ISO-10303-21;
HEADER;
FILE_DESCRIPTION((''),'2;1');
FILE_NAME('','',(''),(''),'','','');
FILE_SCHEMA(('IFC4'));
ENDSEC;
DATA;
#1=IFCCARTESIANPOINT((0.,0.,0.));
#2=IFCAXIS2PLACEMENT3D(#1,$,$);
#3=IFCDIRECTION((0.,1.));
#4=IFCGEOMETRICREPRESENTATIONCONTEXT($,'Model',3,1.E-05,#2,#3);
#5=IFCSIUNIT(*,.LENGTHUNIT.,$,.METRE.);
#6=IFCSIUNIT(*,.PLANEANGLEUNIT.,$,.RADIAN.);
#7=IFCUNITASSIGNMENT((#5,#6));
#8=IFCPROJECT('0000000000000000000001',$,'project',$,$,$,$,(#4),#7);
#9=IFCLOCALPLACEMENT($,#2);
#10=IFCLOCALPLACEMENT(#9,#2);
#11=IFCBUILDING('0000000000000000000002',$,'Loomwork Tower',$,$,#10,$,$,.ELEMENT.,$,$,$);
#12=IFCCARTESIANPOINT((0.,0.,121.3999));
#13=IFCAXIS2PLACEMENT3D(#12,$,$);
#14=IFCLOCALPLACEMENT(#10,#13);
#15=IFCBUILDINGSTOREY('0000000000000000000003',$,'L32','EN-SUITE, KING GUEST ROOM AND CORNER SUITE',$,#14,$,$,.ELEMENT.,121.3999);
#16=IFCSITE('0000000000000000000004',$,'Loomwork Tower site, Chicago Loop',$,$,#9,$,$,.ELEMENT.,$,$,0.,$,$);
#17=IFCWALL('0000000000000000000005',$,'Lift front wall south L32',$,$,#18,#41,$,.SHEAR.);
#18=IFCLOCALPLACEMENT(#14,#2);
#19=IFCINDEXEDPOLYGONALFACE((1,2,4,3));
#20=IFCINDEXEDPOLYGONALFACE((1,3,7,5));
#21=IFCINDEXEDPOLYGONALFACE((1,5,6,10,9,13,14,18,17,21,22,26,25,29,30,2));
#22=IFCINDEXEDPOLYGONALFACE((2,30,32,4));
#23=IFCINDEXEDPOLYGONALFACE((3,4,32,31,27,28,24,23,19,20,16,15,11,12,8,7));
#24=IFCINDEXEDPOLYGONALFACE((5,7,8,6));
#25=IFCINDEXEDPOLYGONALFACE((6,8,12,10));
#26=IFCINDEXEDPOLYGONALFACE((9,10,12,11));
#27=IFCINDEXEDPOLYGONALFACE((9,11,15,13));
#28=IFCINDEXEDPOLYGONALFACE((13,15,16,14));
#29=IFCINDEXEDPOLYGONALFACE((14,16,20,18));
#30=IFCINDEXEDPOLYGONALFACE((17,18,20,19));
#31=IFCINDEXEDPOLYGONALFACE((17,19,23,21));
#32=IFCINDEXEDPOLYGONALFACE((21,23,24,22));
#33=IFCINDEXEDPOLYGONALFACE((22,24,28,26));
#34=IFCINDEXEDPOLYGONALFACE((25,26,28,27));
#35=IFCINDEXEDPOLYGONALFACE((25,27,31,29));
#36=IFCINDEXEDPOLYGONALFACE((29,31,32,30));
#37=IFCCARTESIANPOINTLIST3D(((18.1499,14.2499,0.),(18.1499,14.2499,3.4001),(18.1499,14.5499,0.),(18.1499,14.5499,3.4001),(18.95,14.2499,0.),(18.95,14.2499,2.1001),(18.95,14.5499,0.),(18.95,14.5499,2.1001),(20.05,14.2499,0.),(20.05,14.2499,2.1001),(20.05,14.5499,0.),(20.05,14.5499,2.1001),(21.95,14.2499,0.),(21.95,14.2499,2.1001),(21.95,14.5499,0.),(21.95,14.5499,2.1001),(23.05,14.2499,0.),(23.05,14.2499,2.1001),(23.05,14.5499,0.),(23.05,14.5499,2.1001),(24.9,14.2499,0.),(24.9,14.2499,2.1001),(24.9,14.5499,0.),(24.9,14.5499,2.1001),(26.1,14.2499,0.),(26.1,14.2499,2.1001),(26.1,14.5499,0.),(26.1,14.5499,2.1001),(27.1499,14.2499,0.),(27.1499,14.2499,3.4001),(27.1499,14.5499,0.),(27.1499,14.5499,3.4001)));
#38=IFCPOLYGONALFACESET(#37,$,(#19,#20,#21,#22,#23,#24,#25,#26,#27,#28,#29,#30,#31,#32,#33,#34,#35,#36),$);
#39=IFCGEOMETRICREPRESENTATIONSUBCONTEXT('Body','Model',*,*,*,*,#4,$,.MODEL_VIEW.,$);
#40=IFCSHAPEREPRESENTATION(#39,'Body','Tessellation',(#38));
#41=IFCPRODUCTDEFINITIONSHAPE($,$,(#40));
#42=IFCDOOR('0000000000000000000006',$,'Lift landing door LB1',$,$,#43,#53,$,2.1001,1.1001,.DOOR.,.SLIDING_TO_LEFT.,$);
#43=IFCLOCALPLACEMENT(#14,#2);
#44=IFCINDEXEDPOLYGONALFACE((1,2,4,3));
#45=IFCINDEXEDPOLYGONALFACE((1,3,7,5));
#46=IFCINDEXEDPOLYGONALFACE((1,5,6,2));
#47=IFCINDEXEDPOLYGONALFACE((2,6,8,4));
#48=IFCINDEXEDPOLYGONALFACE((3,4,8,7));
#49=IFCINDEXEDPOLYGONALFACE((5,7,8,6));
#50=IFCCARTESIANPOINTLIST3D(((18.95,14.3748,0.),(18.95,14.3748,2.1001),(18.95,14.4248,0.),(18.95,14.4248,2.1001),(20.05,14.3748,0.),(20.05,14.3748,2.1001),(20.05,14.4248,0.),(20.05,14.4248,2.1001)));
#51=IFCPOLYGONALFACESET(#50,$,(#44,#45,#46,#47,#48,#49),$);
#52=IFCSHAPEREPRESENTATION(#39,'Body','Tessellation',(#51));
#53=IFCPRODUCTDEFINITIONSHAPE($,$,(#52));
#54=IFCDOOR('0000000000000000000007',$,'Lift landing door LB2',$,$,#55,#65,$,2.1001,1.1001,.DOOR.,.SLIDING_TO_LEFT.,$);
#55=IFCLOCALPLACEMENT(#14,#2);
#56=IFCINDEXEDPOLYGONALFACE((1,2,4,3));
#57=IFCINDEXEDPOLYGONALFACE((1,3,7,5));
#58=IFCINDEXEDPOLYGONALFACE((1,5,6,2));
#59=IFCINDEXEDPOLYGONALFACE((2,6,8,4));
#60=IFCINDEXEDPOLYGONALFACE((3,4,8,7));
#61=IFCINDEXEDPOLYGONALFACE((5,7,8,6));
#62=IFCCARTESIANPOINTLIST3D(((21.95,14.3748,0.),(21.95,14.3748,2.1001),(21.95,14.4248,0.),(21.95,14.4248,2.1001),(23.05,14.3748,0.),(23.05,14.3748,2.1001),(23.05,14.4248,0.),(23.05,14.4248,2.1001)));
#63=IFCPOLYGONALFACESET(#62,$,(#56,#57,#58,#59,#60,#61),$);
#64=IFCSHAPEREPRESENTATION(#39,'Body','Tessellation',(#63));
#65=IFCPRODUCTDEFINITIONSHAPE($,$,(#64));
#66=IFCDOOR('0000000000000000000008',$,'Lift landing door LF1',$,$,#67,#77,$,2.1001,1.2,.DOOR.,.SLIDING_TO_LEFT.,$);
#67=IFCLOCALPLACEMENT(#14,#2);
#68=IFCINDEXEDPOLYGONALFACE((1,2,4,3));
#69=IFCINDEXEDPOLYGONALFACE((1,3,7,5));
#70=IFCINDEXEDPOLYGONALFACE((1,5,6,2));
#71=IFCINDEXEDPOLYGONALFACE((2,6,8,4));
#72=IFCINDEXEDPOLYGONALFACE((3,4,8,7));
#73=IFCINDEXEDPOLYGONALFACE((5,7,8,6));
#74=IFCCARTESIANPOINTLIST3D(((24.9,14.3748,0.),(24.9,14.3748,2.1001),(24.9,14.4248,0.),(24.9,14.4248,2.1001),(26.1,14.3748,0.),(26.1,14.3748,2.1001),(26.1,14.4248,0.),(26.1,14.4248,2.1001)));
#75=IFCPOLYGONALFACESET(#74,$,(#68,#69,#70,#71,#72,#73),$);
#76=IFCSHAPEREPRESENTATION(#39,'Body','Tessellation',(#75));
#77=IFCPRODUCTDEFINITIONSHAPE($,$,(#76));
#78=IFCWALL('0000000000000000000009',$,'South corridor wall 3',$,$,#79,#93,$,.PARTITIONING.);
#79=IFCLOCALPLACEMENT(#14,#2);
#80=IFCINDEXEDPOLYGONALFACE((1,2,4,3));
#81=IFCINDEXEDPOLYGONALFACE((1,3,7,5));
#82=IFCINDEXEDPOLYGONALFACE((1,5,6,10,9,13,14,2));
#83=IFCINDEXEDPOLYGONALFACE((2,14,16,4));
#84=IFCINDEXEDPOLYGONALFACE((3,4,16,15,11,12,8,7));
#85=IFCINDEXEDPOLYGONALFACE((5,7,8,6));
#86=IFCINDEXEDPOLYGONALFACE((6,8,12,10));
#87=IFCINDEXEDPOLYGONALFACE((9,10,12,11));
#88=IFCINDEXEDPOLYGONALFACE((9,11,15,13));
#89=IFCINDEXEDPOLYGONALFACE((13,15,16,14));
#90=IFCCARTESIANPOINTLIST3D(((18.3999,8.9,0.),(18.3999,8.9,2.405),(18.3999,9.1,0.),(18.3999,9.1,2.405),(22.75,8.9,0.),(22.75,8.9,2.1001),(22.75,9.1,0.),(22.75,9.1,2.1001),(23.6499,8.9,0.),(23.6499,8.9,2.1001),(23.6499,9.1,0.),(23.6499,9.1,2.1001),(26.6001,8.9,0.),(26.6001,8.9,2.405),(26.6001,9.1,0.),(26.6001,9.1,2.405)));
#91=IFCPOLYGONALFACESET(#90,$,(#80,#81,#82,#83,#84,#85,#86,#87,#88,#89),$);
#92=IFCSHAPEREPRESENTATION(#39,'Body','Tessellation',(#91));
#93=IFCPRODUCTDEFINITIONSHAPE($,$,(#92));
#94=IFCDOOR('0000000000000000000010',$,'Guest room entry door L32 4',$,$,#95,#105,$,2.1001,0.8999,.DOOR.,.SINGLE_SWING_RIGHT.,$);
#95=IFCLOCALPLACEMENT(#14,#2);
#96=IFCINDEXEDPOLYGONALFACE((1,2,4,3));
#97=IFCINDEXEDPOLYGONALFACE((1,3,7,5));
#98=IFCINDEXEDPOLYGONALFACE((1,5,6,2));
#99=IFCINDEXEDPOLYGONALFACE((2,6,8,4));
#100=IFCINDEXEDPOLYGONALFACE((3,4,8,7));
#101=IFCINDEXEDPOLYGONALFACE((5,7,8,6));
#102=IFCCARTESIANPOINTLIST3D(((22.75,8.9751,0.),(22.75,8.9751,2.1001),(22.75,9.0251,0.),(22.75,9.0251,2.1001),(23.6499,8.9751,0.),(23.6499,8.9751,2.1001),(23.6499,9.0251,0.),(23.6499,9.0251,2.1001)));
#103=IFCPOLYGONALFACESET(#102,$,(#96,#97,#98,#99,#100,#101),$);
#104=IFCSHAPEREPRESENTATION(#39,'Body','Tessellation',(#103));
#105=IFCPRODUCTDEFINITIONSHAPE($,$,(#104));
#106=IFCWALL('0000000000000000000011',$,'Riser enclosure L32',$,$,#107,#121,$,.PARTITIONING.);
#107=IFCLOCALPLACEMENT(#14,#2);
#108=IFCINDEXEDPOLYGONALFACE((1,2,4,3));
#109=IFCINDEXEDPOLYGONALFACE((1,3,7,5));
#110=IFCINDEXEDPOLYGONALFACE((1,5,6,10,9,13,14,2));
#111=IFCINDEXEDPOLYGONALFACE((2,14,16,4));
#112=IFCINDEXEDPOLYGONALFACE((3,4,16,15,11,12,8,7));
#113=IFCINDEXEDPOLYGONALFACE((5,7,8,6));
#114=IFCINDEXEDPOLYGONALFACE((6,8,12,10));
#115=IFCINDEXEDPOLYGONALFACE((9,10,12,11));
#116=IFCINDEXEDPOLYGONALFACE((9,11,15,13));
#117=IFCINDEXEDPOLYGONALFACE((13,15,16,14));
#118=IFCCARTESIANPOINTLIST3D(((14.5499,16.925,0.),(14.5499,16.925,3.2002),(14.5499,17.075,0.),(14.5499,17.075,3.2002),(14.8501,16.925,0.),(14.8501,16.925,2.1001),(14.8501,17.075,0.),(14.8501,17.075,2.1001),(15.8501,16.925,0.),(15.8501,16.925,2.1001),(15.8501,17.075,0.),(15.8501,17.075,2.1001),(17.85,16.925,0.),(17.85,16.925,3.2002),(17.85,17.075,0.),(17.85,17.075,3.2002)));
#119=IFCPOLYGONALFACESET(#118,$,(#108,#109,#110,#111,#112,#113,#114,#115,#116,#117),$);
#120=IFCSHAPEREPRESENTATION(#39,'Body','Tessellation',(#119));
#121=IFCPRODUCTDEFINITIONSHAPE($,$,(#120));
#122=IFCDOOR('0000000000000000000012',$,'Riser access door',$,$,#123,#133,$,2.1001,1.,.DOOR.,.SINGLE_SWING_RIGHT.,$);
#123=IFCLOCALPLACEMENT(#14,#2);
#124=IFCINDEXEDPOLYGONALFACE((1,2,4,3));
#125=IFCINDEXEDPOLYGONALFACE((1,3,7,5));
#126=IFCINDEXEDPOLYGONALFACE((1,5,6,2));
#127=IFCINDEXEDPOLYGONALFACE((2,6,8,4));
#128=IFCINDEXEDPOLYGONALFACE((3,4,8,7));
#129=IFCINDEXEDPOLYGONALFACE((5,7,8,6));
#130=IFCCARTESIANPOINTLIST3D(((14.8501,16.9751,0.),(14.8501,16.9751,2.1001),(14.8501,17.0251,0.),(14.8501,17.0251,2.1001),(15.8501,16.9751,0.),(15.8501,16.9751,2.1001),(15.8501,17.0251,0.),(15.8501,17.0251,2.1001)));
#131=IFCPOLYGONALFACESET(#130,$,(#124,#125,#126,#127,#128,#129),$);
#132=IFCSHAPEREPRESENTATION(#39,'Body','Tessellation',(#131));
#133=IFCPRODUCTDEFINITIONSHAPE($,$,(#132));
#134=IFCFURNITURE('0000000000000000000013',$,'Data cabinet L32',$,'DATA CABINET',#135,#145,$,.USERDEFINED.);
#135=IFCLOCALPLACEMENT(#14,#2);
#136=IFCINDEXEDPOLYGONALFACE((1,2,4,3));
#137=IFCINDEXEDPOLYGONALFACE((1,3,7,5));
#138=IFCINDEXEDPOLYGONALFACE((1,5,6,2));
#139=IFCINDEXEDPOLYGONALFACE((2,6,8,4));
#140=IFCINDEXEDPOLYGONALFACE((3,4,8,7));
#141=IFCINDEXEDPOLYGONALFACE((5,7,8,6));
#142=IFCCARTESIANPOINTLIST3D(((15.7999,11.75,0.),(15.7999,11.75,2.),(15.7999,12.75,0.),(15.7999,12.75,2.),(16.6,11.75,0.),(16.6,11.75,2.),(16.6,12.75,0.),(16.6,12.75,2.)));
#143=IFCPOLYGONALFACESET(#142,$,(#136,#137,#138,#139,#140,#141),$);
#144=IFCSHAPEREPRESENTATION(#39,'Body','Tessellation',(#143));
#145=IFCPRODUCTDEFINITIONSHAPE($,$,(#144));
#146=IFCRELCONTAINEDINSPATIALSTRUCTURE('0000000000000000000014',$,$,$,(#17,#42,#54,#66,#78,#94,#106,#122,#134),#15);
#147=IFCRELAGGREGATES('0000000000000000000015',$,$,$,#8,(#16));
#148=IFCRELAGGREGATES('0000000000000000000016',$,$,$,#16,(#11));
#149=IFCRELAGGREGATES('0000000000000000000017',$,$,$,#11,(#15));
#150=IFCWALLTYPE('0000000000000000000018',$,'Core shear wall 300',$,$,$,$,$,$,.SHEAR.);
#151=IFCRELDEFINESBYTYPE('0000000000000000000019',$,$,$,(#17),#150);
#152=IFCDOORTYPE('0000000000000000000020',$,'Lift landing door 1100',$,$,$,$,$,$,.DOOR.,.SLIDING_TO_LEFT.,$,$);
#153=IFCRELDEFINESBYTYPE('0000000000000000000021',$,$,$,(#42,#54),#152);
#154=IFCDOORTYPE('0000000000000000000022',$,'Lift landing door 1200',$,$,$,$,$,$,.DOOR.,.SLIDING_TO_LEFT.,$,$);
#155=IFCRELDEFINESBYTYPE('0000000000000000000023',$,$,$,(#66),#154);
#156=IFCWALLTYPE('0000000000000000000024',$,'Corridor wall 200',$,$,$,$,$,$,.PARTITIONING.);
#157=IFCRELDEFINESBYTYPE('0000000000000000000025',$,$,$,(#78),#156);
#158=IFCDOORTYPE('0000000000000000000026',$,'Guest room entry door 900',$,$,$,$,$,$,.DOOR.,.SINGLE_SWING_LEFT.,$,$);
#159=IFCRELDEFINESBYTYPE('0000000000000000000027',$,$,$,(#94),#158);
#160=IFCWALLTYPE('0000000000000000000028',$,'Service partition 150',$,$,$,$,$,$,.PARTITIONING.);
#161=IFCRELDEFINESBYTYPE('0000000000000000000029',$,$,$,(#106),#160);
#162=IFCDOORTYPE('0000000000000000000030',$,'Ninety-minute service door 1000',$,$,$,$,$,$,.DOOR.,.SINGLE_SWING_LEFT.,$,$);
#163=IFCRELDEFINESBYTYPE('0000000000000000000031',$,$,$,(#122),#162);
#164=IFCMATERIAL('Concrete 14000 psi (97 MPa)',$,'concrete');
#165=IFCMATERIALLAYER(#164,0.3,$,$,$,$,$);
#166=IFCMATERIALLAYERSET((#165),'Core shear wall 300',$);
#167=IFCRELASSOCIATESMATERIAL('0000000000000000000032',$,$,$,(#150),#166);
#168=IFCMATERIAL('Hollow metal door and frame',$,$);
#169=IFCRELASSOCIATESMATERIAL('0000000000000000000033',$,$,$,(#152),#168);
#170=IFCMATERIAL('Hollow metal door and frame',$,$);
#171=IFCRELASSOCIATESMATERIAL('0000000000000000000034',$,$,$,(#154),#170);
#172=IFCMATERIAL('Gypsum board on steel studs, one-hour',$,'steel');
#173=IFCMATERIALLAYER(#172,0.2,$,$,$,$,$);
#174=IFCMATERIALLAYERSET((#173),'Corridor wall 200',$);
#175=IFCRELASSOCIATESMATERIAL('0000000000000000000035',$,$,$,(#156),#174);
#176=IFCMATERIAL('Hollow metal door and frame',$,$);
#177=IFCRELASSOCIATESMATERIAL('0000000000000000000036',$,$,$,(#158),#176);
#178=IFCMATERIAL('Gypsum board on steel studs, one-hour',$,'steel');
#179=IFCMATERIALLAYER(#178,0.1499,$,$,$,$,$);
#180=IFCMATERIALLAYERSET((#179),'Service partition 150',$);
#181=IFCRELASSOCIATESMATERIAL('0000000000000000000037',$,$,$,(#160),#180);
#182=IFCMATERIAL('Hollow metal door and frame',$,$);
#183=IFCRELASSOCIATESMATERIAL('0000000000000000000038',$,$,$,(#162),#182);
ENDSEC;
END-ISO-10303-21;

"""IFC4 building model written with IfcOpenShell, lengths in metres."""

from ifc_helpers import new_model, si_unit, direction, frame, frame_2d, origin, origin_2d, place, context, subcontext, project, spatial, rectangle, extrude, material, layer, layer_set, type_object, element, fill, save


model = new_model("IFC4")

# Units and contexts
model_context = context("Model", 3, precision=1e-05, world=origin(), true_north=direction((0.0, 1.0)))
body_context = subcontext(model_context, "Body", "Model", "MODEL_VIEW")
ifc_project = project(units=[si_unit("LENGTHUNIT", "METRE"), si_unit("PLANEANGLEUNIT", "RADIAN")], contexts=[model_context])

# Site, building, storey
site_placement = place(None, origin())
site = spatial("IfcSite", under=ifc_project, at=site_placement, Name="Loomwork Tower site, Chicago Loop", CompositionType="ELEMENT", RefElevation=0.0)
building_placement = place(site_placement, origin())
building = spatial("IfcBuilding", under=site, at=building_placement, Name="Loomwork Tower", CompositionType="ELEMENT")
storey_placement = place(building_placement, frame((0.0, 0.0, 121.3999)))
storey = spatial("IfcBuildingStorey", under=building, at=storey_placement, Name="L32", Description="EN-SUITE, KING GUEST ROOM AND CORNER SUITE", CompositionType="ELEMENT", Elevation=121.3999)

# Wall, openings, doors
ifc_material_1 = material(Name="Concrete 14000 psi (97 MPa)", Category="concrete")
ifc_layer_1 = layer(ifc_material_1, 0.3)
ifc_layer_set_1 = layer_set([ifc_layer_1], Name="Core shear wall 300")
wall_type_1 = type_object("IfcWallType", Name="Core shear wall 300", PredefinedType="SHEAR", material=ifc_layer_set_1)
wall_1_placement = place(storey_placement, frame((18.1499, 14.3999, 0.0), z_axis=(0.0, 0.0, 1.0), x_axis=(1.0, 0.0, 0.0)))
wall_1 = element("IfcWall", 1, at=wall_1_placement, inside=storey, type_object=wall_type_1, Name="Lift front wall south L32", PredefinedType="SHEAR", context=body_context, shape_type="SweptSolid", body=[
    extrude(rectangle(XDim=9.0, YDim=0.3, at=frame_2d((4.5, 0.0))), origin(), (0.0, 0.0, 1.0), 3.4001),
])
opening_1_placement = place(wall_1_placement, frame((0.8, 0.0, 0.0)))
opening_1 = element("IfcOpeningElement", 2, at=opening_1_placement, cuts=wall_1, PredefinedType="OPENING", context=body_context, shape_type="SweptSolid", body=[
    extrude(rectangle(XDim=1.1001, YDim=2.1001, at=frame_2d((0.55, 1.05))), frame((0.0, 0.1599, 0.0), z_axis=(0.0, -1.0, 0.0), x_axis=(1.0, 0.0, 0.0)), (0.0, 0.0, 1.0), 0.3201),
])
opening_2_placement = place(wall_1_placement, frame((3.8, 0.0, 0.0)))
opening_2 = element("IfcOpeningElement", 3, at=opening_2_placement, cuts=wall_1, PredefinedType="OPENING", context=body_context, shape_type="SweptSolid", body=[
    extrude(rectangle(XDim=1.1001, YDim=2.1001, at=frame_2d((0.55, 1.05))), frame((0.0, 0.1599, 0.0), z_axis=(0.0, -1.0, 0.0), x_axis=(1.0, 0.0, 0.0)), (0.0, 0.0, 1.0), 0.3201),
])
opening_3_placement = place(wall_1_placement, frame((6.75, 0.0, 0.0)))
opening_3 = element("IfcOpeningElement", 4, at=opening_3_placement, cuts=wall_1, PredefinedType="OPENING", context=body_context, shape_type="SweptSolid", body=[
    extrude(rectangle(XDim=1.2, YDim=2.1001, at=frame_2d((0.6001, 1.05))), frame((0.0, 0.1599, 0.0), z_axis=(0.0, -1.0, 0.0), x_axis=(1.0, 0.0, 0.0)), (0.0, 0.0, 1.0), 0.3201),
])
ifc_material_2 = material(Name="Hollow metal door and frame")
door_type_1 = type_object("IfcDoorType", Name="Lift landing door 1100", OperationType="SLIDING_TO_LEFT", PredefinedType="DOOR", material=ifc_material_2)
door_1_placement = place(opening_1_placement, origin())
door_1 = element("IfcDoor", 5, at=door_1_placement, inside=storey, type_object=door_type_1, Name="Lift landing door LB1", OperationType="SLIDING_TO_LEFT", OverallHeight=2.1001, OverallWidth=1.1001, PredefinedType="DOOR", context=body_context, shape_type="SweptSolid", body=[
    extrude(rectangle(XDim=1.1001, YDim=2.1001, at=frame_2d((0.55, 1.05))), frame((0.0, 0.0249, 0.0), z_axis=(0.0, -1.0, 0.0), x_axis=(1.0, 0.0, 0.0)), (0.0, 0.0, 1.0), 0.05),
])
fill(opening_1, door_1)
door_2_placement = place(opening_2_placement, origin())
door_2 = element("IfcDoor", 6, at=door_2_placement, inside=storey, type_object=door_type_1, Name="Lift landing door LB2", OperationType="SLIDING_TO_LEFT", OverallHeight=2.1001, OverallWidth=1.1001, PredefinedType="DOOR", context=body_context, shape_type="SweptSolid", body=[
    extrude(rectangle(XDim=1.1001, YDim=2.1001, at=frame_2d((0.55, 1.05))), frame((0.0, 0.0249, 0.0), z_axis=(0.0, -1.0, 0.0), x_axis=(1.0, 0.0, 0.0)), (0.0, 0.0, 1.0), 0.05),
])
fill(opening_2, door_2)
ifc_material_3 = material(Name="Hollow metal door and frame")
door_type_2 = type_object("IfcDoorType", Name="Lift landing door 1200", OperationType="SLIDING_TO_LEFT", PredefinedType="DOOR", material=ifc_material_3)
door_3_placement = place(opening_3_placement, origin())
door_3 = element("IfcDoor", 7, at=door_3_placement, inside=storey, type_object=door_type_2, Name="Lift landing door LF1", OperationType="SLIDING_TO_LEFT", OverallHeight=2.1001, OverallWidth=1.2, PredefinedType="DOOR", context=body_context, shape_type="SweptSolid", body=[
    extrude(rectangle(XDim=1.2, YDim=2.1001, at=frame_2d((0.6001, 1.05))), frame((0.0, 0.0249, 0.0), z_axis=(0.0, -1.0, 0.0), x_axis=(1.0, 0.0, 0.0)), (0.0, 0.0, 1.0), 0.05),
])
fill(opening_3, door_3)

# Walls, openings, doors
ifc_material_4 = material(Name="Gypsum board on steel studs, one-hour", Category="steel")
ifc_layer_2 = layer(ifc_material_4, 0.2)
ifc_layer_set_2 = layer_set([ifc_layer_2], Name="Corridor wall 200")
wall_type_2 = type_object("IfcWallType", Name="Corridor wall 200", PredefinedType="PARTITIONING", material=ifc_layer_set_2)
wall_2_placement = place(storey_placement, frame((18.3999, 9.0, 0.0), z_axis=(0.0, 0.0, 1.0), x_axis=(1.0, 0.0, 0.0)))
wall_2 = element("IfcWall", 8, at=wall_2_placement, inside=storey, type_object=wall_type_2, Name="South corridor wall 3", PredefinedType="PARTITIONING", context=body_context, shape_type="SweptSolid", body=[
    extrude(rectangle(XDim=8.2002, YDim=0.2, at=frame_2d((4.1001, 0.0))), origin(), (0.0, 0.0, 1.0), 2.405),
])
opening_4_placement = place(wall_2_placement, frame((4.3501, 0.0, 0.0)))
opening_4 = element("IfcOpeningElement", 9, at=opening_4_placement, cuts=wall_2, PredefinedType="OPENING", context=body_context, shape_type="SweptSolid", body=[
    extrude(rectangle(XDim=0.8999, YDim=2.1001, at=frame_2d((0.45, 1.05))), frame((0.0, 0.1099, 0.0), z_axis=(0.0, -1.0, 0.0), x_axis=(1.0, 0.0, 0.0)), (0.0, 0.0, 1.0), 0.22),
])
ifc_material_5 = material(Name="Hollow metal door and frame")
door_type_3 = type_object("IfcDoorType", Name="Guest room entry door 900", OperationType="SINGLE_SWING_LEFT", PredefinedType="DOOR", material=ifc_material_5)
door_4_placement = place(opening_4_placement, frame((0.8999, 0.0, 0.0), z_axis=(0.0, 0.0, 1.0), x_axis=(-1.0, 0.0, 0.0)))
door_4 = element("IfcDoor", 10, at=door_4_placement, inside=storey, type_object=door_type_3, Name="Guest room entry door L32 4", OperationType="SINGLE_SWING_RIGHT", OverallHeight=2.1001, OverallWidth=0.8999, PredefinedType="DOOR", context=body_context, shape_type="SweptSolid", body=[
    extrude(rectangle(XDim=0.8999, YDim=2.1001, at=frame_2d((0.45, 1.05))), frame((0.0, 0.0249, 0.0), z_axis=(0.0, -1.0, 0.0), x_axis=(1.0, 0.0, 0.0)), (0.0, 0.0, 1.0), 0.05),
])
fill(opening_4, door_4)
ifc_material_6 = material(Name="Gypsum board on steel studs, one-hour", Category="steel")
ifc_layer_3 = layer(ifc_material_6, 0.1499)
ifc_layer_set_3 = layer_set([ifc_layer_3], Name="Service partition 150")
wall_type_3 = type_object("IfcWallType", Name="Service partition 150", PredefinedType="PARTITIONING", material=ifc_layer_set_3)
wall_3_placement = place(storey_placement, frame((14.55, 17.0, 0.0), z_axis=(0.0, 0.0, 1.0), x_axis=(1.0, 0.0, 0.0)))
wall_3 = element("IfcWall", 11, at=wall_3_placement, inside=storey, type_object=wall_type_3, Name="Riser enclosure L32", PredefinedType="PARTITIONING", context=body_context, shape_type="SweptSolid", body=[
    extrude(rectangle(XDim=3.3, YDim=0.1499, at=frame_2d((1.6499, 0.0))), origin(), (0.0, 0.0, 1.0), 3.2002),
])
opening_5_placement = place(wall_3_placement, frame((0.3, 0.0, 0.0)))
opening_5 = element("IfcOpeningElement", 12, at=opening_5_placement, cuts=wall_3, PredefinedType="OPENING", context=body_context, shape_type="SweptSolid", body=[
    extrude(rectangle(XDim=1.0, YDim=2.1001, at=frame_2d((0.5, 1.05))), frame((0.0, 0.085, 0.0), z_axis=(0.0, -1.0, 0.0), x_axis=(1.0, 0.0, 0.0)), (0.0, 0.0, 1.0), 0.1699),
])
ifc_material_7 = material(Name="Hollow metal door and frame")
door_type_4 = type_object("IfcDoorType", Name="Ninety-minute service door 1000", OperationType="SINGLE_SWING_LEFT", PredefinedType="DOOR", material=ifc_material_7)
door_5_placement = place(opening_5_placement, frame((1.0, 0.0, 0.0), z_axis=(0.0, 0.0, 1.0), x_axis=(-1.0, 0.0, 0.0)))
door_5 = element("IfcDoor", 13, at=door_5_placement, inside=storey, type_object=door_type_4, Name="Riser access door", OperationType="SINGLE_SWING_RIGHT", OverallHeight=2.1001, OverallWidth=1.0, PredefinedType="DOOR", context=body_context, shape_type="SweptSolid", body=[
    extrude(rectangle(XDim=1.0, YDim=2.1001, at=frame_2d((0.5, 1.05))), frame((0.0, 0.0249, 0.0), z_axis=(0.0, -1.0, 0.0), x_axis=(1.0, 0.0, 0.0)), (0.0, 0.0, 1.0), 0.05),
])
fill(opening_5, door_5)

# Furniture
furniture_placement = place(storey_placement, frame((16.2, 12.25, 0.0), z_axis=(0.0, 0.0, 1.0), x_axis=(1.0, 0.0, 0.0)))
element("IfcFurniture", 14, at=furniture_placement, inside=storey, Name="Data cabinet L32", ObjectType="DATA CABINET", PredefinedType="USERDEFINED", context=body_context, shape_type="SweptSolid", body=[
    extrude(rectangle(XDim=0.8, YDim=1.0, at=origin_2d()), origin(), (0.0, 0.0, 1.0), 2.0),
])

save(model, "model.ifc")
